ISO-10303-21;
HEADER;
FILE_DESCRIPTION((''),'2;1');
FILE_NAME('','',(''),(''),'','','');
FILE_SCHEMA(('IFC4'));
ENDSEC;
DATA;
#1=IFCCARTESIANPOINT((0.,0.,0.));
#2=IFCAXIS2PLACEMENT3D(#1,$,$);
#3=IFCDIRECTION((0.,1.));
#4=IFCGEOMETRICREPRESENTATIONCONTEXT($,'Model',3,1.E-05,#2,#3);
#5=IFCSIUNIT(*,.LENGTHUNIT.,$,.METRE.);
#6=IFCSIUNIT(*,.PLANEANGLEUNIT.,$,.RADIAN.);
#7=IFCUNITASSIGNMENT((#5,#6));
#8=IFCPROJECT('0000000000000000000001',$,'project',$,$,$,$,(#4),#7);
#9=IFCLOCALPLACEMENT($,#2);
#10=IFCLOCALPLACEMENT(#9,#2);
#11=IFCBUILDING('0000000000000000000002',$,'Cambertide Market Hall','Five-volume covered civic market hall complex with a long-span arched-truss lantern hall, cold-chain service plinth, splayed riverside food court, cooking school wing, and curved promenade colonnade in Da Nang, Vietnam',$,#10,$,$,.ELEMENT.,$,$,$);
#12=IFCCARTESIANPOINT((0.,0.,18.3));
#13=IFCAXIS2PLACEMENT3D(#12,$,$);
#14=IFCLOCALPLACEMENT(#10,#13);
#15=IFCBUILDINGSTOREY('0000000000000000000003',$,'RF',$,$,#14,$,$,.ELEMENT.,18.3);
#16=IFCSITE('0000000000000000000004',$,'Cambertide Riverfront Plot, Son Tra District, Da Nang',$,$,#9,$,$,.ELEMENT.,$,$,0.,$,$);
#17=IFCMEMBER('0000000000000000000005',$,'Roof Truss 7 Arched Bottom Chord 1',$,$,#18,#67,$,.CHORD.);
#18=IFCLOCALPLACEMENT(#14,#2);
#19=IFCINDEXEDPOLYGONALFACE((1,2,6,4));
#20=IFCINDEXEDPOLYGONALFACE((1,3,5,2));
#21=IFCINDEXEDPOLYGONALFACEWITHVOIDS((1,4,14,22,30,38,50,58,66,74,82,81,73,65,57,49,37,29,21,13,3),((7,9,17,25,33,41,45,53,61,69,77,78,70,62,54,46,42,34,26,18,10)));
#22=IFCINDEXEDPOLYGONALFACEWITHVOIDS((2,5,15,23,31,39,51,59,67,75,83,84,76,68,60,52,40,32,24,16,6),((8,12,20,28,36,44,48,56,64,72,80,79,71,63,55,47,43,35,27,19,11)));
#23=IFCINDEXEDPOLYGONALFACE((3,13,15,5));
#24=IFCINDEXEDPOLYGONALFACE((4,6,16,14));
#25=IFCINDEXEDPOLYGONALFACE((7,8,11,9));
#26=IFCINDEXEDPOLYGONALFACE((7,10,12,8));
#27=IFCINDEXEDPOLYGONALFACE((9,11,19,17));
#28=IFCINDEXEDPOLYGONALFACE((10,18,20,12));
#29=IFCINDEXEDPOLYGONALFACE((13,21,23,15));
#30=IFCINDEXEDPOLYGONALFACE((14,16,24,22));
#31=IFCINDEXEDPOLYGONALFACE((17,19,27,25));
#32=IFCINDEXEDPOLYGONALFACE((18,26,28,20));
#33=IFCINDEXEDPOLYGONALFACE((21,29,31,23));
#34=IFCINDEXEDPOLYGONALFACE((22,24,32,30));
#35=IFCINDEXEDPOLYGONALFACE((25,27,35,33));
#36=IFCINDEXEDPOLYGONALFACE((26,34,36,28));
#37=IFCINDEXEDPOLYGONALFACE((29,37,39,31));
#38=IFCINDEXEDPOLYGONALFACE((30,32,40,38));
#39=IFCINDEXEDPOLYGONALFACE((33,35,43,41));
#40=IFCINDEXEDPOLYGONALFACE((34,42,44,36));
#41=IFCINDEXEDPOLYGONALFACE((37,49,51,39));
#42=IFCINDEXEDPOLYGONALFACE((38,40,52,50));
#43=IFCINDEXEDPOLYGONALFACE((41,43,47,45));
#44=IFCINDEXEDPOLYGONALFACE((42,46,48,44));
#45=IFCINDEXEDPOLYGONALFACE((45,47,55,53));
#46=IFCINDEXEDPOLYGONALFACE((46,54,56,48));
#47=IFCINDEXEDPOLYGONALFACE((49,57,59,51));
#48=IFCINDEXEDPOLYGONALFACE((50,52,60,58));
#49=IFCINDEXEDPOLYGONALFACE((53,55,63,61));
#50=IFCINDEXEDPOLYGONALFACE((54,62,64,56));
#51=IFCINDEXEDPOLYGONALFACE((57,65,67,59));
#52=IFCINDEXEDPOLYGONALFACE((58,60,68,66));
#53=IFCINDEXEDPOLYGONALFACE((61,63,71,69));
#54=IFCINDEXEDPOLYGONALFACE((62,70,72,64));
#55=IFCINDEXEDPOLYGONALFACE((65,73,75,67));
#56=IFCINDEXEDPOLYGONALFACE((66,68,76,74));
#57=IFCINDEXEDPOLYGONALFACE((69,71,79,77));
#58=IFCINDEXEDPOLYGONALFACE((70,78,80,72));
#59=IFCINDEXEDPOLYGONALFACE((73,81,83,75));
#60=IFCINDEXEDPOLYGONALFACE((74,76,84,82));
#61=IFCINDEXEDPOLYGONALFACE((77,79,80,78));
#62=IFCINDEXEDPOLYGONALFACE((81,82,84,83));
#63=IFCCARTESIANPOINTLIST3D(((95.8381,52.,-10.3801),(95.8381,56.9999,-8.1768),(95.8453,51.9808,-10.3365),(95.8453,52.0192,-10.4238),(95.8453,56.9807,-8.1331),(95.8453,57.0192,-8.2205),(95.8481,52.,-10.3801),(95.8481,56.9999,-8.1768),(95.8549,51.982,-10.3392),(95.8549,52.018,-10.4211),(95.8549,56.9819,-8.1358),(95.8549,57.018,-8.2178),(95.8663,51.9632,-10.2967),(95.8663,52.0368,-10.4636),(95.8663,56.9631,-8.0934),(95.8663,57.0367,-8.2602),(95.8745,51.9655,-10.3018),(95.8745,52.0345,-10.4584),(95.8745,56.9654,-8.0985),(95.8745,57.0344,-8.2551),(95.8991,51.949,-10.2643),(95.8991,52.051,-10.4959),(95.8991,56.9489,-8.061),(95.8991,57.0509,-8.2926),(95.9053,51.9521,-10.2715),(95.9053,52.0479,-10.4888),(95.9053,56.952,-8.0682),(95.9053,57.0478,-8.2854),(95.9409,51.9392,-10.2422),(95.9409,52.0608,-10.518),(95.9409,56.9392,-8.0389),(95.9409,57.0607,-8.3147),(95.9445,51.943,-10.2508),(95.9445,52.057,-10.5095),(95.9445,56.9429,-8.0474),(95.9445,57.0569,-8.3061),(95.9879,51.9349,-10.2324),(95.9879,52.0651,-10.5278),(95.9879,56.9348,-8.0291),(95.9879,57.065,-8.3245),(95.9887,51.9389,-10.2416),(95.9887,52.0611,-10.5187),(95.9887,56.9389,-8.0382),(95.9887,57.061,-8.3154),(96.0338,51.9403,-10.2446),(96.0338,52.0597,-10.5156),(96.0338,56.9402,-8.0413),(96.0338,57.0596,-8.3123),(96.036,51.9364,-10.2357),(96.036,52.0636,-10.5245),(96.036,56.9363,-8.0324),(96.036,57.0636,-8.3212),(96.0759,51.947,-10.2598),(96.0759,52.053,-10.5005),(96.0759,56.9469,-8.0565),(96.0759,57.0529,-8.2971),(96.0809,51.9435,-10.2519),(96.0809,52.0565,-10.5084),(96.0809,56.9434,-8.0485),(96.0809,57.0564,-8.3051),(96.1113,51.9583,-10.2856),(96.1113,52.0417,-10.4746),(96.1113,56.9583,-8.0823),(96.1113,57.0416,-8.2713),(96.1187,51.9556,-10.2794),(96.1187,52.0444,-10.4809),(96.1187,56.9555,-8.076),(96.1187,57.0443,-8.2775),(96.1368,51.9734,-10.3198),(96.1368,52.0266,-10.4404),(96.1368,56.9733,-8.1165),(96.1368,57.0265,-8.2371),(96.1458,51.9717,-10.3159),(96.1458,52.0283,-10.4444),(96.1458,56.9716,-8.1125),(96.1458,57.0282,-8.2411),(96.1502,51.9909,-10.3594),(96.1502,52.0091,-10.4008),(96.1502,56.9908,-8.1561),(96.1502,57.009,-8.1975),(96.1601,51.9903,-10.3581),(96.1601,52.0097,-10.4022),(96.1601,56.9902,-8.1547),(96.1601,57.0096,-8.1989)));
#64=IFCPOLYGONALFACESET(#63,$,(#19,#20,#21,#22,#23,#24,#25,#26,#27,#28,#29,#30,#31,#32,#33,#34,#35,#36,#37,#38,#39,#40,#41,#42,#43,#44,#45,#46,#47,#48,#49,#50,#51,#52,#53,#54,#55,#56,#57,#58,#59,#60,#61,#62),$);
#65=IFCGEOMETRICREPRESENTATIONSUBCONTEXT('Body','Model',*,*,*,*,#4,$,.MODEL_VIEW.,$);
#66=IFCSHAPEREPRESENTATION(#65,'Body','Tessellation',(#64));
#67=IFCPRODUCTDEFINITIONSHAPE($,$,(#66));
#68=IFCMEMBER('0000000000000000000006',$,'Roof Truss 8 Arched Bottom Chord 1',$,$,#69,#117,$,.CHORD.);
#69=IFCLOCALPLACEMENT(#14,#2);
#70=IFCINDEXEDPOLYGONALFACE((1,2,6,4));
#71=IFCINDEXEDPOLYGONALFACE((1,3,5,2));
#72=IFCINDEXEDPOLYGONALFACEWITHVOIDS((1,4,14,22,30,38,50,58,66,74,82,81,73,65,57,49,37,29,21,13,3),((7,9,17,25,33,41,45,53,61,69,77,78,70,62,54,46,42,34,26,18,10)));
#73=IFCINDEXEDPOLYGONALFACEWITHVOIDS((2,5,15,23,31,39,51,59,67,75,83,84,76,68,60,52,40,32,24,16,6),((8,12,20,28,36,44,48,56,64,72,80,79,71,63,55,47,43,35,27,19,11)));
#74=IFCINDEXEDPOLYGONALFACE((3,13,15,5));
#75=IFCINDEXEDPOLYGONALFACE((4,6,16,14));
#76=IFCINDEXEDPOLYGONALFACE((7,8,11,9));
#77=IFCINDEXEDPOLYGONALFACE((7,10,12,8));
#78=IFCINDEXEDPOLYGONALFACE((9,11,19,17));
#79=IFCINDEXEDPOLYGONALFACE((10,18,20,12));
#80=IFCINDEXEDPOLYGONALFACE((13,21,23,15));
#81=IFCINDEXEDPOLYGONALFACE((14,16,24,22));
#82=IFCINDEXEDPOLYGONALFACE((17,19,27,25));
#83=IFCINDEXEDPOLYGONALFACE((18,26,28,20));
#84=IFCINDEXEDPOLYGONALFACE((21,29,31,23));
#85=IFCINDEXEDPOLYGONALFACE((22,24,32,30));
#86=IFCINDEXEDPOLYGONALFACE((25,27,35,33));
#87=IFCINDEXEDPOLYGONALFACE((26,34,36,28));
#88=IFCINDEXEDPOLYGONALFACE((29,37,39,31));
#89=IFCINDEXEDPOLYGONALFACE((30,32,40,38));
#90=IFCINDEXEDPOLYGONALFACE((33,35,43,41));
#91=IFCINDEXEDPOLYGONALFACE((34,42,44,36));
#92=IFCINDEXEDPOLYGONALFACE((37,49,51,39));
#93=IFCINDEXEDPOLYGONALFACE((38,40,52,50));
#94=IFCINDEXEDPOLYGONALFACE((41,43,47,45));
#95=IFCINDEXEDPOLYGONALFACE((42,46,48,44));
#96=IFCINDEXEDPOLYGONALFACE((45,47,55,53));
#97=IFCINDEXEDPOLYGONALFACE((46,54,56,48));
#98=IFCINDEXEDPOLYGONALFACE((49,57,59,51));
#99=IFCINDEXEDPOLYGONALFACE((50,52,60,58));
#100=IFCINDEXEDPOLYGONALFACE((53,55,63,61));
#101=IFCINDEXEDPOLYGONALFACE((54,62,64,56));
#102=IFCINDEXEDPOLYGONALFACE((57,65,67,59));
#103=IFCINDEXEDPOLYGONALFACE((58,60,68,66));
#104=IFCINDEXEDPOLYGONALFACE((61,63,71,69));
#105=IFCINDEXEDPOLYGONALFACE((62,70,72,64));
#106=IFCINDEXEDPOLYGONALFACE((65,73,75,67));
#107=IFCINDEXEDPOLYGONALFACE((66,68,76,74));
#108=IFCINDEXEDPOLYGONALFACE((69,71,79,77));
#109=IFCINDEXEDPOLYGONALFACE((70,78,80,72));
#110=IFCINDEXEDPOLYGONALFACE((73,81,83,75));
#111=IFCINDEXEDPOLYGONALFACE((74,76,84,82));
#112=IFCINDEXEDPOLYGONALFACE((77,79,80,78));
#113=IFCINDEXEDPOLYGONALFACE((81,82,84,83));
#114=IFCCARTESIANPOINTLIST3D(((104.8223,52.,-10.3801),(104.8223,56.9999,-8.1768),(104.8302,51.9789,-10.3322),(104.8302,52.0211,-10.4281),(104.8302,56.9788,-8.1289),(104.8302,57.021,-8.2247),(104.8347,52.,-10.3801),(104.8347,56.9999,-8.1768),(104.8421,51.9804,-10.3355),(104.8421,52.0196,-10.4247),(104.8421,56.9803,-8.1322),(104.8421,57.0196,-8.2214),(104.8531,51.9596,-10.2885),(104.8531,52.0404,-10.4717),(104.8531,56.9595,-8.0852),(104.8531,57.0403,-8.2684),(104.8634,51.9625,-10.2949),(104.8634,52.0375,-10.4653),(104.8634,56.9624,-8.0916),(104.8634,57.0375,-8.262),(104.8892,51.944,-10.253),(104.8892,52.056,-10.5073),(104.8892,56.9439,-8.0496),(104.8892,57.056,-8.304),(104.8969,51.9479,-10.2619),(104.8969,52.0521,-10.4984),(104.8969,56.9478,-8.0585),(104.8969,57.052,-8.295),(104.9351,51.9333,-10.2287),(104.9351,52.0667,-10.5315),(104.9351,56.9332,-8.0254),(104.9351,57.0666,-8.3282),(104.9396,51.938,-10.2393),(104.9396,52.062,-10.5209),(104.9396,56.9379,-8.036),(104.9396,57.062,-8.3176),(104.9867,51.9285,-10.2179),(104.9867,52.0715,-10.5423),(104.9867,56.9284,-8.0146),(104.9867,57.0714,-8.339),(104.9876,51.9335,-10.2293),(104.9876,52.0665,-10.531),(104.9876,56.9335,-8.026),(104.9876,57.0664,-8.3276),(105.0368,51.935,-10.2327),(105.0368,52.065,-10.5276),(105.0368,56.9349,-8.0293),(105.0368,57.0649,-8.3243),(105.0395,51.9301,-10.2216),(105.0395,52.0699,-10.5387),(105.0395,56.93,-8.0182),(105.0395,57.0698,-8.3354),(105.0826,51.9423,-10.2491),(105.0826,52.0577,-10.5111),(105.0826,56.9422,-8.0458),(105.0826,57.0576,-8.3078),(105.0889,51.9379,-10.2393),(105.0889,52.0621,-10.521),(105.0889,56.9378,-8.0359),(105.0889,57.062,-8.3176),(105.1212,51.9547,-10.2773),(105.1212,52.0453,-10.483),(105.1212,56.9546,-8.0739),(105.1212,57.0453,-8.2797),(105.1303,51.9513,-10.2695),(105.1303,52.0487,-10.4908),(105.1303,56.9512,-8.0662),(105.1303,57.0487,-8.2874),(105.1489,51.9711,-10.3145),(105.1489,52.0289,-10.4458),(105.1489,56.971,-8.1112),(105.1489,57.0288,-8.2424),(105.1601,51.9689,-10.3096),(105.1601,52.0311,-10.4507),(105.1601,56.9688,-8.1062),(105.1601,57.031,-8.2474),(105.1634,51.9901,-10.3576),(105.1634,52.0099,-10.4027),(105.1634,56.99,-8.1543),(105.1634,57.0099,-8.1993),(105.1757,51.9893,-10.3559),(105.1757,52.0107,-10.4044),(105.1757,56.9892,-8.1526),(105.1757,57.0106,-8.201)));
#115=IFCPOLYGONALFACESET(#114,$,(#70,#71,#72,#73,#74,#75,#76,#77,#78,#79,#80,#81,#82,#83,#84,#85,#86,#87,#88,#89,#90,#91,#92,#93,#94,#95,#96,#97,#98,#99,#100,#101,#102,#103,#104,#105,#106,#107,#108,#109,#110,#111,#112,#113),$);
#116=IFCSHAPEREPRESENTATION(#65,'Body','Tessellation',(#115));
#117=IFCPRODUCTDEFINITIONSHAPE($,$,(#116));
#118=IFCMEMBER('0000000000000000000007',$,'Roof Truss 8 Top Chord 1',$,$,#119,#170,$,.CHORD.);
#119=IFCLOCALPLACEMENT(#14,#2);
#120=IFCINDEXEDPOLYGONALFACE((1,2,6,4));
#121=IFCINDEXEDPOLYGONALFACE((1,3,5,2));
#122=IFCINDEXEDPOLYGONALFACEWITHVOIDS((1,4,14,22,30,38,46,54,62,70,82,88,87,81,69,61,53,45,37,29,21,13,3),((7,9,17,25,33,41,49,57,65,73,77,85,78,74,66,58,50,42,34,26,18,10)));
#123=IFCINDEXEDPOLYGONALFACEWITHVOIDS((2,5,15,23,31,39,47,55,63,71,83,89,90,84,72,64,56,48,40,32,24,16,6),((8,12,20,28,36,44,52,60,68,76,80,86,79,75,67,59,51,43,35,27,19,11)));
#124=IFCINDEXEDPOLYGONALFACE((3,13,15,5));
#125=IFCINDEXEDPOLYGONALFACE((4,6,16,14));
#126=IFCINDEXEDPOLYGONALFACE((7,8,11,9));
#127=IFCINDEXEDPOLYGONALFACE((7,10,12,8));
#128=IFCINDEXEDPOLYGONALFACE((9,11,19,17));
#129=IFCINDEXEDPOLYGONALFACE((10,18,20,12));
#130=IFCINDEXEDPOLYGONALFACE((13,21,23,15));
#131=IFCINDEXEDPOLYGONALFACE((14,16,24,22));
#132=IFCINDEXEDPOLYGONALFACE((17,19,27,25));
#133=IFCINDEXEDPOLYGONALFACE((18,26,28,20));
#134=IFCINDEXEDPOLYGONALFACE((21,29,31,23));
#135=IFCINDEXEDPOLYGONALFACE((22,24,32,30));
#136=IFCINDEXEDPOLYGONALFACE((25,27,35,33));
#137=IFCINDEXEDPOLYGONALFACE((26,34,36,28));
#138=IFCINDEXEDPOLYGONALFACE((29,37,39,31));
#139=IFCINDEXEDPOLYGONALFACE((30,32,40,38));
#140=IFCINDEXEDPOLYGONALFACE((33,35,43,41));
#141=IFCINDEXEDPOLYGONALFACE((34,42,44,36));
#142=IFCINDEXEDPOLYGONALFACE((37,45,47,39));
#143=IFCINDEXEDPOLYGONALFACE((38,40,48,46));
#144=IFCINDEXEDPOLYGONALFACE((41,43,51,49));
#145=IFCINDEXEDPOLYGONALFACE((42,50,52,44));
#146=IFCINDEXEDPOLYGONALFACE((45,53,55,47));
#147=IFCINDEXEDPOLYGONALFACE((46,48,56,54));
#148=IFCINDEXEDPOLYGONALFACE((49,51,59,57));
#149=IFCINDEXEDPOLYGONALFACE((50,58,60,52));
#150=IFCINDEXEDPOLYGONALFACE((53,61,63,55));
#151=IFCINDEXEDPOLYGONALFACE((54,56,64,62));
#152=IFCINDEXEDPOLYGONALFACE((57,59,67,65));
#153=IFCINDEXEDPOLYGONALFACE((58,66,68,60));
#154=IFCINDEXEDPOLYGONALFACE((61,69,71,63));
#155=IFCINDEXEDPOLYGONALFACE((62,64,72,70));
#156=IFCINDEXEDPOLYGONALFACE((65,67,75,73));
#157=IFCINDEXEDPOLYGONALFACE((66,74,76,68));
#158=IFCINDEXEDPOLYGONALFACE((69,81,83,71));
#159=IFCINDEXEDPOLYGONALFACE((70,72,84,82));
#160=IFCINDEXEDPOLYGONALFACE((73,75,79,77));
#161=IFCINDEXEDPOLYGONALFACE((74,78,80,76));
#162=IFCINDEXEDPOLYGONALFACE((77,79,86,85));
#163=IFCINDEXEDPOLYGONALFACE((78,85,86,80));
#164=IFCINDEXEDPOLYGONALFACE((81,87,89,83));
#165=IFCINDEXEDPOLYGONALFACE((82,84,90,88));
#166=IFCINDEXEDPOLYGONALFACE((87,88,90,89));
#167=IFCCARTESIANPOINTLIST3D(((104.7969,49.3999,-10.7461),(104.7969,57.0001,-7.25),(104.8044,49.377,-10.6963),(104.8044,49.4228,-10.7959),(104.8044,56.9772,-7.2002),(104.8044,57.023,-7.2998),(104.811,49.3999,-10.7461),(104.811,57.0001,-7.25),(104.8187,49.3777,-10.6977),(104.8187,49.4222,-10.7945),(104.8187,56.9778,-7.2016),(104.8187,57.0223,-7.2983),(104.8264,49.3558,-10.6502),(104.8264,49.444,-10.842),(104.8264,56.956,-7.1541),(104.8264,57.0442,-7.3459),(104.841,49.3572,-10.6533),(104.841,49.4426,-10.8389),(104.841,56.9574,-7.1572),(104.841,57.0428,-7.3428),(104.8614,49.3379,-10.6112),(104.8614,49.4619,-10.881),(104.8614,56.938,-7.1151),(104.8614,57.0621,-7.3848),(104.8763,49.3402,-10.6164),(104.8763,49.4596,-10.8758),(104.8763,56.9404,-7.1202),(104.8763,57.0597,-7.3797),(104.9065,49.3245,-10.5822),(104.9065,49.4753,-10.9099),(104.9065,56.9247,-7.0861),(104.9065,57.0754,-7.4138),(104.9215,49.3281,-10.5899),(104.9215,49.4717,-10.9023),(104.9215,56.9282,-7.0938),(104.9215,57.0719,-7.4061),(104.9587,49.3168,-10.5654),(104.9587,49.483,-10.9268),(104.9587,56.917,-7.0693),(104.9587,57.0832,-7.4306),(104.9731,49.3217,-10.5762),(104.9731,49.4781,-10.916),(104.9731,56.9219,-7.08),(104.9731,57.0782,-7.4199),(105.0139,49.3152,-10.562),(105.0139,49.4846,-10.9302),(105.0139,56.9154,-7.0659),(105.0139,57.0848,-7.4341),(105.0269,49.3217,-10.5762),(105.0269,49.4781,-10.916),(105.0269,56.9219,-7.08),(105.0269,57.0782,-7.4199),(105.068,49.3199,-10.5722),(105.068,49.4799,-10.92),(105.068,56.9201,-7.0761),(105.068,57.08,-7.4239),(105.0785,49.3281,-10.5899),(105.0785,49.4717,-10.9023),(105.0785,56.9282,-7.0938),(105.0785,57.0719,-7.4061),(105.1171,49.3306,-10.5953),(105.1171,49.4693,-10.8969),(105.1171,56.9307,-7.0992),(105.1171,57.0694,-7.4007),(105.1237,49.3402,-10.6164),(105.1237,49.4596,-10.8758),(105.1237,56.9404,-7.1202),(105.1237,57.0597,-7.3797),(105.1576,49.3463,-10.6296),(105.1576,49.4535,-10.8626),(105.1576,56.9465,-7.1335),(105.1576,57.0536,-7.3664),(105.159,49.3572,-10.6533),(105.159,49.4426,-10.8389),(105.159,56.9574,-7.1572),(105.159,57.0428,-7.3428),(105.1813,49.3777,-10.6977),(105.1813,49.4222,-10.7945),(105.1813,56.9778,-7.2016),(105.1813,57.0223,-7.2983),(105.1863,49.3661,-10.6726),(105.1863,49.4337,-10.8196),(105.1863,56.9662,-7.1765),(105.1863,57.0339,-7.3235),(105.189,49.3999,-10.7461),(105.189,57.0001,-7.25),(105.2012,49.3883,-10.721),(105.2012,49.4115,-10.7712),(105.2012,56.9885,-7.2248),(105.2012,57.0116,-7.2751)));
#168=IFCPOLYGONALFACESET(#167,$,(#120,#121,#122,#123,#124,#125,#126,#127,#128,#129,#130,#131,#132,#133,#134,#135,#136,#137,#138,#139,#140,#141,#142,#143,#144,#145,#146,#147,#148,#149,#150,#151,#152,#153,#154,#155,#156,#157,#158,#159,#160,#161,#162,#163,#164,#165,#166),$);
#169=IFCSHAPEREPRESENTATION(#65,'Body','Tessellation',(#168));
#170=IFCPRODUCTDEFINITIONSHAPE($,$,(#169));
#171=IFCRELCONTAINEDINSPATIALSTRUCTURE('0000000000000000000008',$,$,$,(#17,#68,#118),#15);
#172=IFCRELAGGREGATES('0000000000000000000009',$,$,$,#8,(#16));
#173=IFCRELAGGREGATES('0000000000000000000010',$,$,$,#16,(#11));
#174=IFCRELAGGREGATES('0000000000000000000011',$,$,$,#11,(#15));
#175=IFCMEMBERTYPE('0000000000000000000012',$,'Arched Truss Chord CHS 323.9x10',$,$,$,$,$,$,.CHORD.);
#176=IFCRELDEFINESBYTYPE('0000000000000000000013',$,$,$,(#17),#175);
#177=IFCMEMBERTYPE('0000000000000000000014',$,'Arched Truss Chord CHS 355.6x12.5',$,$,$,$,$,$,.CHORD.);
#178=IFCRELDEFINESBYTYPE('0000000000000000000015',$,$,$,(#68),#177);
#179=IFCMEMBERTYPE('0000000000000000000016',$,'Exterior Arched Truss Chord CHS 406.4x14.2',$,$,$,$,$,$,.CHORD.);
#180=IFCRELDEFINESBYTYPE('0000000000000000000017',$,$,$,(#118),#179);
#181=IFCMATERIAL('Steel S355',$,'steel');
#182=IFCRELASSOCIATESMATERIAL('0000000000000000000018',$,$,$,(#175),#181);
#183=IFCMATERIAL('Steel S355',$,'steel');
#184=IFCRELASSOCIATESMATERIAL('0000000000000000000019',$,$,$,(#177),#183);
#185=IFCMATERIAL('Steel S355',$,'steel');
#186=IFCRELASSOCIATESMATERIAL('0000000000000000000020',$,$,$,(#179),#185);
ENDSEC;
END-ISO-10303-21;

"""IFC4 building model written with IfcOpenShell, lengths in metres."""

from ifc_helpers import new_model, si_unit, direction, frame, origin, origin_2d, place, context, subcontext, project, spatial, hollow_circle, extrude, material, material_profile, profile_set, type_object, element, save


model = new_model("IFC4")

# Units and contexts
model_context = context("Model", 3, precision=1e-05, world=origin(), true_north=direction((0.0, 1.0)))
body_context = subcontext(model_context, "Body", "Model", "MODEL_VIEW")
ifc_project = project(units=[si_unit("LENGTHUNIT", "METRE"), si_unit("PLANEANGLEUNIT", "RADIAN")], contexts=[model_context])

# Site, building, storey
site_placement = place(None, origin())
site = spatial("IfcSite", under=ifc_project, at=site_placement, Name="Cambertide Riverfront Plot, Son Tra District, Da Nang", CompositionType="ELEMENT", RefElevation=0.0)
building_placement = place(site_placement, origin())
building = spatial("IfcBuilding", under=site, at=building_placement, Name="Cambertide Market Hall", Description="Five-volume covered civic market hall complex with a long-span arched-truss lantern hall, cold-chain service plinth, splayed riverside food court, cooking school wing, and curved promenade colonnade in Da Nang, Vietnam", CompositionType="ELEMENT")
storey_placement = place(building_placement, frame((0.0, 0.0, 18.3)))
storey = spatial("IfcBuildingStorey", under=building, at=storey_placement, Name="RF", CompositionType="ELEMENT", Elevation=18.3)

# Members
ifc_material_1 = material(Name="Steel S355", Category="steel")
ifc_material_profile_1 = material_profile(ifc_material_1, hollow_circle(Radius=0.1619, WallThickness=0.01, at=origin_2d()), Name="CHS 323.9x10")
ifc_profile_set_1 = profile_set([ifc_material_profile_1], Name="Steel S355")
member_type_1 = type_object("IfcMemberType", Name="Arched Truss Chord CHS 323.9x10", PredefinedType="CHORD", material=ifc_profile_set_1)
member_1_placement = place(storey_placement, frame((96.0, 52.0, -10.3801), z_axis=(0.0, 0.915088, 0.403255), x_axis=(-1.0, 0.0, 0.0)))
element("IfcMember", 1, at=member_1_placement, inside=storey, type_object=member_type_1, Name="Roof Truss 7 Arched Bottom Chord 1", PredefinedType="CHORD", context=body_context, shape_type="SweptSolid", body=[
    extrude(hollow_circle(Radius=0.1619, WallThickness=0.01, at=origin_2d()), origin(), (0.0, 0.0, 1.0), 5.4639),
])
ifc_material_2 = material(Name="Steel S355", Category="steel")
ifc_material_profile_2 = material_profile(ifc_material_2, hollow_circle(Radius=0.1777, WallThickness=0.0125, at=origin_2d()), Name="CHS 355.6x12.5")
ifc_profile_set_2 = profile_set([ifc_material_profile_2], Name="Steel S355")
member_type_2 = type_object("IfcMemberType", Name="Arched Truss Chord CHS 355.6x12.5", PredefinedType="CHORD", material=ifc_profile_set_2)
member_2_placement = place(storey_placement, frame((105.0, 52.0, -10.3801), z_axis=(0.0, 0.915088, 0.403255), x_axis=(-1.0, 0.0, 0.0)))
element("IfcMember", 2, at=member_2_placement, inside=storey, type_object=member_type_2, Name="Roof Truss 8 Arched Bottom Chord 1", PredefinedType="CHORD", context=body_context, shape_type="SweptSolid", body=[
    extrude(hollow_circle(Radius=0.1777, WallThickness=0.0125, at=origin_2d()), origin(), (0.0, 0.0, 1.0), 5.4639),
])
ifc_material_3 = material(Name="Steel S355", Category="steel")
ifc_material_profile_3 = material_profile(ifc_material_3, hollow_circle(Radius=0.2031, WallThickness=0.0142, at=origin_2d()), Name="CHS 406.4x14.2")
ifc_profile_set_3 = profile_set([ifc_material_profile_3], Name="Steel S355")
member_type_3 = type_object("IfcMemberType", Name="Exterior Arched Truss Chord CHS 406.4x14.2", PredefinedType="CHORD", material=ifc_profile_set_3)
member_3_placement = place(storey_placement, frame((105.0, 49.3999, -10.7461), z_axis=(0.0, 0.908488, 0.41791), x_axis=(-1.0, 0.0, 0.0)))
element("IfcMember", 3, at=member_3_placement, inside=storey, type_object=member_type_3, Name="Roof Truss 8 Top Chord 1", PredefinedType="CHORD", context=body_context, shape_type="SweptSolid", body=[
    extrude(hollow_circle(Radius=0.2031, WallThickness=0.0142, at=origin_2d()), origin(), (0.0, 0.0, 1.0), 8.3657),
])

save(model, "model.ifc")
